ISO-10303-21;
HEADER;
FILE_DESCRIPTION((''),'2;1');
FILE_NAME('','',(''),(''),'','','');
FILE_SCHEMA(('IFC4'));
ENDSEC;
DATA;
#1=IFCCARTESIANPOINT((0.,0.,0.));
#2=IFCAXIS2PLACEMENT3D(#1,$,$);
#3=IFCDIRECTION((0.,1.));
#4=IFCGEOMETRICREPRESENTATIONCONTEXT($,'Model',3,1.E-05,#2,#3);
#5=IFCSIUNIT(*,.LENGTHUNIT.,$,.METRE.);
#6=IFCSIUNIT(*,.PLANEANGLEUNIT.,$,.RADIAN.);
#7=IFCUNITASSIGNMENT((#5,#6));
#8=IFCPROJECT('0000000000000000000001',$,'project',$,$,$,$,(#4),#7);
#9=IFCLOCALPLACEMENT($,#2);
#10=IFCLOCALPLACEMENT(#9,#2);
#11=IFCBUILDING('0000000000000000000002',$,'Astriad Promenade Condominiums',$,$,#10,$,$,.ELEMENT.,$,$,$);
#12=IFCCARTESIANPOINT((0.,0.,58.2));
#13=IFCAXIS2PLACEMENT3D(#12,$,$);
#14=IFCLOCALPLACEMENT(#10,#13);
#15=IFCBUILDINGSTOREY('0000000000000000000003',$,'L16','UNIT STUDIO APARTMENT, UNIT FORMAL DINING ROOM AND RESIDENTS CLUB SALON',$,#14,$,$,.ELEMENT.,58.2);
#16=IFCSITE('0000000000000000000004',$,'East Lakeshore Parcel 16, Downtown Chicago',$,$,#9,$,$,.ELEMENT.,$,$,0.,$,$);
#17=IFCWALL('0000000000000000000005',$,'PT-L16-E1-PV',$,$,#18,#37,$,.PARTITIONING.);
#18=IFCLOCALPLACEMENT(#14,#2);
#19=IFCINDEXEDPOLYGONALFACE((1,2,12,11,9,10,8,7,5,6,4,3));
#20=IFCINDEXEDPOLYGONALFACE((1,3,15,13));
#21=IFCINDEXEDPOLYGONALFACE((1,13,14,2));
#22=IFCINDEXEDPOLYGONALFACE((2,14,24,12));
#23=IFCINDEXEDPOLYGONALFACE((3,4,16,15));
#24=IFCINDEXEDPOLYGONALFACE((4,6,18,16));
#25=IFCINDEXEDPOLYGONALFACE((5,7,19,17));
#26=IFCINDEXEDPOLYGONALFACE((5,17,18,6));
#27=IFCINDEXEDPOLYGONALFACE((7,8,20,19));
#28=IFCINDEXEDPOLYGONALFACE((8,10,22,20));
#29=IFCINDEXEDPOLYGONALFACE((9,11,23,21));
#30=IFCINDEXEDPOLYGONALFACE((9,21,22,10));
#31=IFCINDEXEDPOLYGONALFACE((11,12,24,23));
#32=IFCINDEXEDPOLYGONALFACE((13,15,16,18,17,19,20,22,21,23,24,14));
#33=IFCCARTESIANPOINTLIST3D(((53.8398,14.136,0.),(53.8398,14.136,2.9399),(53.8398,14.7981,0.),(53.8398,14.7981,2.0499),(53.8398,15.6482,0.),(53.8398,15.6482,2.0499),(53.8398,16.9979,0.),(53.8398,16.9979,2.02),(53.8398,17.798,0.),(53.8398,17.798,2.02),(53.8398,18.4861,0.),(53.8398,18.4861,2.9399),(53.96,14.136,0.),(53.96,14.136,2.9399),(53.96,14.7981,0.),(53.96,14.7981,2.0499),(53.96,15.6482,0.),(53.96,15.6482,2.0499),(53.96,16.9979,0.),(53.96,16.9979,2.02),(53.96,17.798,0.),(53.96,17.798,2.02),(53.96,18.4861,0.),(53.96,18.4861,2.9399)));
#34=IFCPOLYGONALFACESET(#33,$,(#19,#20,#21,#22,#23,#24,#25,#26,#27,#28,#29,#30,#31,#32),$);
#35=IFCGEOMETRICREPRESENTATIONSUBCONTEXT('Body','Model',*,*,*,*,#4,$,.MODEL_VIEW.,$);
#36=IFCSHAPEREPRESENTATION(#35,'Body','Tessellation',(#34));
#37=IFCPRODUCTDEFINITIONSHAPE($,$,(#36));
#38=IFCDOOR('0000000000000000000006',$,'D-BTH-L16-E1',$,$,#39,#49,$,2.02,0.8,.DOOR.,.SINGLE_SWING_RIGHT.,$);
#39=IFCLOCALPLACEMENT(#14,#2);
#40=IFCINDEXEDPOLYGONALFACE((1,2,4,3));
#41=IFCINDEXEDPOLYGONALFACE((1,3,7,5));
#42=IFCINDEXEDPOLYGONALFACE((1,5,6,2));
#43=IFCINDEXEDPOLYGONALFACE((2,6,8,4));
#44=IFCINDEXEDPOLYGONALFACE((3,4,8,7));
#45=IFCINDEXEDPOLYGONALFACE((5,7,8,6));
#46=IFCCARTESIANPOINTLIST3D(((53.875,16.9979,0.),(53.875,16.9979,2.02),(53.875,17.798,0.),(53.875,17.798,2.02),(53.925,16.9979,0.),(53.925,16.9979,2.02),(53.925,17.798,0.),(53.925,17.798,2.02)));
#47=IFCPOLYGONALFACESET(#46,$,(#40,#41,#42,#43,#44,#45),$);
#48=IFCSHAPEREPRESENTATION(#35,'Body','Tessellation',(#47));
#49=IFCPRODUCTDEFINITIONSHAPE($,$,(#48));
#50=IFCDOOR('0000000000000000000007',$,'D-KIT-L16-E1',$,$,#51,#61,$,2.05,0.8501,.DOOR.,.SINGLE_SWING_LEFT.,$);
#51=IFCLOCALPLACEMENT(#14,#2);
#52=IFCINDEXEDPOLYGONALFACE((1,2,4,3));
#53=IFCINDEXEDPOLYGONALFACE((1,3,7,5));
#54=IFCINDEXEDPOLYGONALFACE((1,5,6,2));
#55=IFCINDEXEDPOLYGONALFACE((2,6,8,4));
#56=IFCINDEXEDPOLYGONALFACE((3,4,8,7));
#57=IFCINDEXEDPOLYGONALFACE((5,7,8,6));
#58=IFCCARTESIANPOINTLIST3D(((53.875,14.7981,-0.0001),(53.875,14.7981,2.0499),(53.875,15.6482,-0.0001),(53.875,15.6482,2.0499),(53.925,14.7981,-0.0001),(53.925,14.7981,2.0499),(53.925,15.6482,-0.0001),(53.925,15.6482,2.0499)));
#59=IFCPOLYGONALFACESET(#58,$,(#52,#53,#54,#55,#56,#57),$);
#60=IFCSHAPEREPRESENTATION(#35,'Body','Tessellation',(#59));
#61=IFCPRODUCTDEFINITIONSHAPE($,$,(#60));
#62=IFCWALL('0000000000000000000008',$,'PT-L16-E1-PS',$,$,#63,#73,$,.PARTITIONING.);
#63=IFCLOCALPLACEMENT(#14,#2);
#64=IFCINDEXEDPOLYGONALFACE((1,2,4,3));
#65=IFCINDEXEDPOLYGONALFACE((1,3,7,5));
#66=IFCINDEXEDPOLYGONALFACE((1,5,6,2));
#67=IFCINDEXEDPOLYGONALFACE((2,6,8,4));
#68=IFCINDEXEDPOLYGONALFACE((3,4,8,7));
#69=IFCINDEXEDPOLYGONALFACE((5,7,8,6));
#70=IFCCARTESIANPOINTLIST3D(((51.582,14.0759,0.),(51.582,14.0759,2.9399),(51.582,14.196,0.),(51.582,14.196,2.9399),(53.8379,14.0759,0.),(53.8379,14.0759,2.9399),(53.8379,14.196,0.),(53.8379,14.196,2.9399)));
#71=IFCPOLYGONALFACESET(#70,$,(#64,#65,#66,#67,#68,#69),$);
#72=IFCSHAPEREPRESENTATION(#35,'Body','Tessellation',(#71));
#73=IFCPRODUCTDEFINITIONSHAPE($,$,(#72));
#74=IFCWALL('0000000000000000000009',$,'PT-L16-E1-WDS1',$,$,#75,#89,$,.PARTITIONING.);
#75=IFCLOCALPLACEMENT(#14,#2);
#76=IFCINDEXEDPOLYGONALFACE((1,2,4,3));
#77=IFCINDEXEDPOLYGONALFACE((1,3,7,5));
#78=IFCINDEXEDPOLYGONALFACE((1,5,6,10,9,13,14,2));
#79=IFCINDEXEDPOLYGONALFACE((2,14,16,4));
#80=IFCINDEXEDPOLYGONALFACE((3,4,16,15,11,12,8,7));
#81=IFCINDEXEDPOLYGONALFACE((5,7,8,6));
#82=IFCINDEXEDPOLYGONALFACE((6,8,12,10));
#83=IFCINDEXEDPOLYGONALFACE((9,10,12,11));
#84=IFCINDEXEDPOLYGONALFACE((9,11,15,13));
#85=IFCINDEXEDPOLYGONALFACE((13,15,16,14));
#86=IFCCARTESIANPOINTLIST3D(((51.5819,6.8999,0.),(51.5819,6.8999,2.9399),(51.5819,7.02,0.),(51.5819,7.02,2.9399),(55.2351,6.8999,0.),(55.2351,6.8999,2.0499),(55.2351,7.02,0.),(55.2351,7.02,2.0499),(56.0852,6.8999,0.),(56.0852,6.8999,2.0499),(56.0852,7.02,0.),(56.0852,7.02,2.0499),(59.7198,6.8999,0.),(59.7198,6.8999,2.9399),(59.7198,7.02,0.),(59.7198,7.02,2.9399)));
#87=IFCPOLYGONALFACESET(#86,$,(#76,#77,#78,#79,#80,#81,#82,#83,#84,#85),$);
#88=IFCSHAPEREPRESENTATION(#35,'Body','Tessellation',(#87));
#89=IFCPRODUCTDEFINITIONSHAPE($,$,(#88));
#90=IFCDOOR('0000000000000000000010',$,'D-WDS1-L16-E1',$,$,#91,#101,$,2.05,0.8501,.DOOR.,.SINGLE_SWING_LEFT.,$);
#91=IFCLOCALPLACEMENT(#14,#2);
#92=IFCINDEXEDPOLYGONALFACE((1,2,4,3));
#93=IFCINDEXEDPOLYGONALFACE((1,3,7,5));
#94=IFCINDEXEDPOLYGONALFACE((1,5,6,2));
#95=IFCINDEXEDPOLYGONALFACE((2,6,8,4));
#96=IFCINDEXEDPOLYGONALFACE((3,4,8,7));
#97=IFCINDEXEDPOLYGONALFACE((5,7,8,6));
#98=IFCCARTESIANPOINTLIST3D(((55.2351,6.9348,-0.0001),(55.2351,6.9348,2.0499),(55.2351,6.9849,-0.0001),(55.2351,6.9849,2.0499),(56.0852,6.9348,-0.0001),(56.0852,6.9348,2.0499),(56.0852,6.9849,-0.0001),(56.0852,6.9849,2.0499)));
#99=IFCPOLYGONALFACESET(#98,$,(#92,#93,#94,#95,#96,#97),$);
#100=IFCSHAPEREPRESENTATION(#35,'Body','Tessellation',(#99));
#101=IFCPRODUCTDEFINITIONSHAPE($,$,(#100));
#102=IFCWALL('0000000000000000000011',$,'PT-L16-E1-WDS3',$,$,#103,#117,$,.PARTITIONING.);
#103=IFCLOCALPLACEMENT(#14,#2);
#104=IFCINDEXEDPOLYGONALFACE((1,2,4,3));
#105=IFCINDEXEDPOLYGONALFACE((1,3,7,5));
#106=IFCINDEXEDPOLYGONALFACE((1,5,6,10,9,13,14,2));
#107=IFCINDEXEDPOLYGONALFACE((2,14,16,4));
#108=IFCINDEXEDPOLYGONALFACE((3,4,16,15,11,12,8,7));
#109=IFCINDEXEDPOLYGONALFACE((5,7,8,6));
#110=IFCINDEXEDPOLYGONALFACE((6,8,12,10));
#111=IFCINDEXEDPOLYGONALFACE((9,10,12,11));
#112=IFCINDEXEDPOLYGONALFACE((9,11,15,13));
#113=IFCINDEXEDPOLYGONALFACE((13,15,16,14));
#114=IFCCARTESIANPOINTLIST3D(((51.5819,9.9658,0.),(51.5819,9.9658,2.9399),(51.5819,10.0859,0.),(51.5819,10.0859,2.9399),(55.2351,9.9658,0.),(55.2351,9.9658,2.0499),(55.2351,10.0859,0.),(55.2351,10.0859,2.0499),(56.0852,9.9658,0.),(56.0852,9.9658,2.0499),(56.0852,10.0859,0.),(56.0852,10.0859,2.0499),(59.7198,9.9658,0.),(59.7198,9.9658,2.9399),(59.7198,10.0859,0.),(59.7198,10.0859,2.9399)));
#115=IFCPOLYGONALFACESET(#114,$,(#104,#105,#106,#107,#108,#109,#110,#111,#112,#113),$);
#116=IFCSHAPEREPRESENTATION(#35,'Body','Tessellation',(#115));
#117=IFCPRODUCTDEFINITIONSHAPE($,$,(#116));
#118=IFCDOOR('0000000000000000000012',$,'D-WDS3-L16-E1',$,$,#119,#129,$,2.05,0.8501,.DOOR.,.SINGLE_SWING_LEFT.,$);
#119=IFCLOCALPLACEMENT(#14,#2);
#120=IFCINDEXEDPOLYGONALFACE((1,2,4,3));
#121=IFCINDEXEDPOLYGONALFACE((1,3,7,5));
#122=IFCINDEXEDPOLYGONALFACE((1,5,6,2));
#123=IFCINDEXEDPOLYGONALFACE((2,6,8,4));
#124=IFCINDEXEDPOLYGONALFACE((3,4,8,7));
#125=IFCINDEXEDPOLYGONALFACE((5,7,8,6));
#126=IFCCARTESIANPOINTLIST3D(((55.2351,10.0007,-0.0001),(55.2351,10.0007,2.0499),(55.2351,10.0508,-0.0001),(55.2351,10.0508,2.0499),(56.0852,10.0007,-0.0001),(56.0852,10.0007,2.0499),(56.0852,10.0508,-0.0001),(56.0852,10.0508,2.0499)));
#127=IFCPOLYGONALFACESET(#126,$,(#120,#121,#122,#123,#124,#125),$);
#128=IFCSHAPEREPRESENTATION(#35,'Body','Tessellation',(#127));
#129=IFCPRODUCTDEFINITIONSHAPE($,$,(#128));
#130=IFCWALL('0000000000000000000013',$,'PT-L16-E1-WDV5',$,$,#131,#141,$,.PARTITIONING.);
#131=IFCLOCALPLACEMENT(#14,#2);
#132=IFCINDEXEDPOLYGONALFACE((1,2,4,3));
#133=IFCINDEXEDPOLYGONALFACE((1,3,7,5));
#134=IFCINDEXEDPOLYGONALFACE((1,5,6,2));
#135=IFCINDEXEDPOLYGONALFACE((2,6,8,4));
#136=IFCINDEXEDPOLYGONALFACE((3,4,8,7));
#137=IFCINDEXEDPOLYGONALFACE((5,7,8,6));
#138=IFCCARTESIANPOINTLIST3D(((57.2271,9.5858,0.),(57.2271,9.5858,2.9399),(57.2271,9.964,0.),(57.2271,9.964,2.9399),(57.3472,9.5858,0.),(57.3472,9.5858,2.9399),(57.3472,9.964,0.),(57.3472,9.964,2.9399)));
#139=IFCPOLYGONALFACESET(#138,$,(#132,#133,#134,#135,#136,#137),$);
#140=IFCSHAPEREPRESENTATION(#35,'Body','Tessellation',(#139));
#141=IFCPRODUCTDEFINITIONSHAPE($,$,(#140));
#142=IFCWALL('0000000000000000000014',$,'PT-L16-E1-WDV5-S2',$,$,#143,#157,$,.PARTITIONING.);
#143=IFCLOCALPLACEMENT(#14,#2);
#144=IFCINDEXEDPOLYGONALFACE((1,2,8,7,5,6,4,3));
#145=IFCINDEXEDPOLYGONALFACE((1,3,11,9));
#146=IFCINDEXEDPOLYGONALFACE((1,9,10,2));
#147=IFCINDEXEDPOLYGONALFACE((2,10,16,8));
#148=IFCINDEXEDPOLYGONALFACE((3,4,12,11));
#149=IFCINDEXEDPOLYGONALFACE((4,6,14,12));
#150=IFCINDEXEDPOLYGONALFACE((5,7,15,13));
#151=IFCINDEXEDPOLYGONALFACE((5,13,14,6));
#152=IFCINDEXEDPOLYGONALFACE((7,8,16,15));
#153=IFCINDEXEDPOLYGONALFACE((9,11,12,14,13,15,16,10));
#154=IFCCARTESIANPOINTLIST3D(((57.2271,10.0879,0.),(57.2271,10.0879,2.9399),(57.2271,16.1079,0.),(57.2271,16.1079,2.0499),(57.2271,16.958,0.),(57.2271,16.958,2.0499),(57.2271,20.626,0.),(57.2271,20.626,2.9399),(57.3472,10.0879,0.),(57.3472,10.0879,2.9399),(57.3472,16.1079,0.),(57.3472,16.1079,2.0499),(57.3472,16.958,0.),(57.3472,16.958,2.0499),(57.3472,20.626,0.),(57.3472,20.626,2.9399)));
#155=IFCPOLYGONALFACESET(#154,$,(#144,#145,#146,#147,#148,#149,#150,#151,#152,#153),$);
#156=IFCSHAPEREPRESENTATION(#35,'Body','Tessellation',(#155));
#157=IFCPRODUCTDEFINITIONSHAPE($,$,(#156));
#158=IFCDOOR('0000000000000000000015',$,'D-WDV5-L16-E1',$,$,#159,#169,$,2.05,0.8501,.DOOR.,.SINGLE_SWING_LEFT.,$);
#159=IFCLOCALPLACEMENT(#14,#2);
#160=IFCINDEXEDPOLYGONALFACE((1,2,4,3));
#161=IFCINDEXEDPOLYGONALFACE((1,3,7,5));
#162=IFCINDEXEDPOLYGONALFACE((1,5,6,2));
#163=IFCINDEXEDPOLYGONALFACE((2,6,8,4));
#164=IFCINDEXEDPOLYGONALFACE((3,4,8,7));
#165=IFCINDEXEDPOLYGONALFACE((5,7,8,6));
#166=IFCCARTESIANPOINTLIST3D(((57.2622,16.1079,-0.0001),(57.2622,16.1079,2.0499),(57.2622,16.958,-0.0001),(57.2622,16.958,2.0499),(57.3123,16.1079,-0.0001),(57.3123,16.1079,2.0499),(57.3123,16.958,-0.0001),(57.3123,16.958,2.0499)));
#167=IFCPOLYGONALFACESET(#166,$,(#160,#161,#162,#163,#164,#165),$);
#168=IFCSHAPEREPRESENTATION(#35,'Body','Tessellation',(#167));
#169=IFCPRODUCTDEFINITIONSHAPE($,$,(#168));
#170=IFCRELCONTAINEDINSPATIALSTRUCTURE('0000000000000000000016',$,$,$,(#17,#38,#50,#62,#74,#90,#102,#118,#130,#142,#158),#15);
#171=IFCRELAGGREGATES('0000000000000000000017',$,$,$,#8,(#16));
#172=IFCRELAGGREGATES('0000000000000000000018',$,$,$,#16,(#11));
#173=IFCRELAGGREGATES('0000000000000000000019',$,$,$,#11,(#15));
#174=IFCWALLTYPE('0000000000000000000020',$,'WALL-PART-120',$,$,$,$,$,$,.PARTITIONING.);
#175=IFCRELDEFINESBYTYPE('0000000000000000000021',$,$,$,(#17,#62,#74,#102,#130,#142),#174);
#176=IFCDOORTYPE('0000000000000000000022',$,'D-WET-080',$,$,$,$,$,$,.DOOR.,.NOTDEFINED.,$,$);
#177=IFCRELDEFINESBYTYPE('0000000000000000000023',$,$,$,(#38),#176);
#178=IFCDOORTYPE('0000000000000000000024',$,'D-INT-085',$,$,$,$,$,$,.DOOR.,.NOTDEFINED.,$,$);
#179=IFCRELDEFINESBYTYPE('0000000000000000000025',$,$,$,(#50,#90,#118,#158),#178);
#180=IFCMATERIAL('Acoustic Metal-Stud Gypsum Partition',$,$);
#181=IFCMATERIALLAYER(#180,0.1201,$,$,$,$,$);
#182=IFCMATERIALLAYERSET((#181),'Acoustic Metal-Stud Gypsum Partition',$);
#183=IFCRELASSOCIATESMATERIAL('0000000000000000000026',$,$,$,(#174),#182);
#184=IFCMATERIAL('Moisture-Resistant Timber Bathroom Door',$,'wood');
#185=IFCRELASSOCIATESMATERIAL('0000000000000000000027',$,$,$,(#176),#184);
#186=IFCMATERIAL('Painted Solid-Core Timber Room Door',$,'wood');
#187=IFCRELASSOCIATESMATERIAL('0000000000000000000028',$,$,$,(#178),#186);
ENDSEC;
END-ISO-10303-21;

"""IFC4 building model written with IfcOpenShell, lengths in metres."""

from ifc_helpers import new_model, si_unit, direction, frame, frame_2d, origin, place, context, subcontext, project, spatial, rectangle, extrude, source, transform, mapped, material, layer, layer_set, type_object, type_shapes, element, fill, save


model = new_model("IFC4")

# Units and contexts
model_context = context("Model", 3, precision=1e-05, world=origin(), true_north=direction((0.0, 1.0)))
body_context = subcontext(model_context, "Body", "Model", "MODEL_VIEW")
ifc_project = project(units=[si_unit("LENGTHUNIT", "METRE"), si_unit("PLANEANGLEUNIT", "RADIAN")], contexts=[model_context])

# Site, building, storey
site_placement = place(None, origin())
site = spatial("IfcSite", under=ifc_project, at=site_placement, Name="East Lakeshore Parcel 16, Downtown Chicago", CompositionType="ELEMENT", RefElevation=0.0)
building_placement = place(site_placement, origin())
building = spatial("IfcBuilding", under=site, at=building_placement, Name="Astriad Promenade Condominiums", CompositionType="ELEMENT")
storey_placement = place(building_placement, frame((0.0, 0.0, 58.2)))
storey = spatial("IfcBuildingStorey", under=building, at=storey_placement, Name="L16", Description="UNIT STUDIO APARTMENT, UNIT FORMAL DINING ROOM AND RESIDENTS CLUB SALON", CompositionType="ELEMENT", Elevation=58.2)

# Shared definitions
ifc_material_1 = material(Name="Acoustic Metal-Stud Gypsum Partition")
ifc_layer_1 = layer(ifc_material_1, 0.1201)
ifc_layer_set_1 = layer_set([ifc_layer_1], Name="Acoustic Metal-Stud Gypsum Partition")
wall_type_1 = type_object("IfcWallType", Name="WALL-PART-120", PredefinedType="PARTITIONING", material=ifc_layer_set_1)
ifc_material_2 = material(Name="Moisture-Resistant Timber Bathroom Door", Category="wood")
door_type_1 = type_object("IfcDoorType", Name="D-WET-080", OperationType="NOTDEFINED", PredefinedType="DOOR", material=ifc_material_2)
shared_shape_1 = source(origin(), body_context, "Body", "SweptSolid", [
    extrude(rectangle(XDim=0.8, YDim=2.02, at=frame_2d((0.3999, 1.01))), frame((0.0, 0.0249, 0.0), z_axis=(0.0, -1.0, 0.0), x_axis=(1.0, 0.0, 0.0)), (0.0, 0.0, 1.0), 0.05),
])
type_shapes(door_type_1, [shared_shape_1])
ifc_material_3 = material(Name="Painted Solid-Core Timber Room Door", Category="wood")
door_type_2 = type_object("IfcDoorType", Name="D-INT-085", OperationType="NOTDEFINED", PredefinedType="DOOR", material=ifc_material_3)
shared_shape_2 = source(origin(), body_context, "Body", "SweptSolid", [
    extrude(rectangle(XDim=0.8501, YDim=2.05, at=frame_2d((0.425, 1.0249))), frame((0.0, 0.0249, 0.0), z_axis=(0.0, -1.0, 0.0), x_axis=(1.0, 0.0, 0.0)), (0.0, 0.0, 1.0), 0.05),
])
type_shapes(door_type_2, [shared_shape_2])

# Wall, openings, doors
wall_1_placement = place(storey_placement, frame((53.8999, 14.136, 0.0), z_axis=(0.0, 0.0, 1.0), x_axis=(0.0, 1.0, 0.0)))
wall_1 = element("IfcWall", 1, at=wall_1_placement, inside=storey, type_object=wall_type_1, Name="PT-L16-E1-PV", PredefinedType="PARTITIONING", context=body_context, shape_type="SweptSolid", body=[
    extrude(rectangle(XDim=4.3501, YDim=0.1201, at=frame_2d((2.175, 0.0))), origin(), (0.0, 0.0, 1.0), 2.9399),
])
opening_1_placement = place(wall_1_placement, frame((0.6621, 0.0, 0.0)))
opening_1 = element("IfcOpeningElement", 2, at=opening_1_placement, cuts=wall_1, PredefinedType="OPENING", context=body_context, shape_type="SweptSolid", body=[
    extrude(rectangle(XDim=0.8501, YDim=2.05, at=frame_2d((0.425, 1.0249))), frame((0.0, 0.0701, 0.0), z_axis=(0.0, -1.0, 0.0), x_axis=(1.0, 0.0, 0.0)), (0.0, 0.0, 1.0), 0.1401),
])
opening_2_placement = place(wall_1_placement, frame((2.8621, 0.0, 0.0)))
opening_2 = element("IfcOpeningElement", 3, at=opening_2_placement, cuts=wall_1, PredefinedType="OPENING", context=body_context, shape_type="SweptSolid", body=[
    extrude(rectangle(XDim=0.8, YDim=2.02, at=frame_2d((0.3999, 1.01))), frame((0.0, 0.0701, 0.0), z_axis=(0.0, -1.0, 0.0), x_axis=(1.0, 0.0, 0.0)), (0.0, 0.0, 1.0), 0.1401),
])
door_1_placement = place(opening_2_placement, origin())
door_1 = element("IfcDoor", 4, at=door_1_placement, inside=storey, type_object=door_type_1, Name="D-BTH-L16-E1", OperationType="SINGLE_SWING_RIGHT", OverallHeight=2.02, OverallWidth=0.8, PredefinedType="DOOR", context=body_context, shape_type="MappedRepresentation", body=[
    mapped(shared_shape_1, transform((0.0, 0.0, 0.0), scale=1.0)),
])
fill(opening_2, door_1)
door_2_placement = place(opening_1_placement, origin())
door_2 = element("IfcDoor", 5, at=door_2_placement, inside=storey, type_object=door_type_2, Name="D-KIT-L16-E1", OperationType="SINGLE_SWING_LEFT", OverallHeight=2.05, OverallWidth=0.8501, PredefinedType="DOOR", context=body_context, shape_type="MappedRepresentation", body=[
    mapped(shared_shape_2, transform((0.0, 0.0, 0.0), scale=1.0)),
])
fill(opening_1, door_2)

# Wall
wall_2_placement = place(storey_placement, frame((51.582, 14.136, 0.0), z_axis=(0.0, 0.0, 1.0), x_axis=(1.0, 0.0, 0.0)))
element("IfcWall", 6, at=wall_2_placement, inside=storey, type_object=wall_type_1, Name="PT-L16-E1-PS", PredefinedType="PARTITIONING", context=body_context, shape_type="SweptSolid", body=[
    extrude(rectangle(XDim=2.2559, YDim=0.1201, at=frame_2d((1.1279, 0.0))), origin(), (0.0, 0.0, 1.0), 2.9399),
])

# Walls, openings, doors
wall_3_placement = place(storey_placement, frame((51.582, 6.96, 0.0), z_axis=(0.0, 0.0, 1.0), x_axis=(1.0, 0.0, 0.0)))
wall_3 = element("IfcWall", 7, at=wall_3_placement, inside=storey, type_object=wall_type_1, Name="PT-L16-E1-WDS1", PredefinedType="PARTITIONING", context=body_context, shape_type="SweptSolid", body=[
    extrude(rectangle(XDim=8.1379, YDim=0.1201, at=frame_2d((4.0688, 0.0))), origin(), (0.0, 0.0, 1.0), 2.9399),
])
opening_3_placement = place(wall_3_placement, frame((3.6531, 0.0, 0.0)))
opening_3 = element("IfcOpeningElement", 8, at=opening_3_placement, cuts=wall_3, PredefinedType="OPENING", context=body_context, shape_type="SweptSolid", body=[
    extrude(rectangle(XDim=0.8501, YDim=2.05, at=frame_2d((0.425, 1.0249))), frame((0.0, 0.0701, 0.0), z_axis=(0.0, -1.0, 0.0), x_axis=(1.0, 0.0, 0.0)), (0.0, 0.0, 1.0), 0.1401),
])
door_3_placement = place(opening_3_placement, origin())
door_3 = element("IfcDoor", 9, at=door_3_placement, inside=storey, type_object=door_type_2, Name="D-WDS1-L16-E1", OperationType="SINGLE_SWING_LEFT", OverallHeight=2.05, OverallWidth=0.8501, PredefinedType="DOOR", context=body_context, shape_type="MappedRepresentation", body=[
    mapped(shared_shape_2, transform((0.0, 0.0, 0.0), scale=1.0)),
])
fill(opening_3, door_3)
wall_4_placement = place(storey_placement, frame((51.582, 10.0259, 0.0), z_axis=(0.0, 0.0, 1.0), x_axis=(1.0, 0.0, 0.0)))
wall_4 = element("IfcWall", 10, at=wall_4_placement, inside=storey, type_object=wall_type_1, Name="PT-L16-E1-WDS3", PredefinedType="PARTITIONING", context=body_context, shape_type="SweptSolid", body=[
    extrude(rectangle(XDim=8.1379, YDim=0.1201, at=frame_2d((4.0688, 0.0))), origin(), (0.0, 0.0, 1.0), 2.9399),
])
opening_4_placement = place(wall_4_placement, frame((3.6531, 0.0, 0.0)))
opening_4 = element("IfcOpeningElement", 11, at=opening_4_placement, cuts=wall_4, PredefinedType="OPENING", context=body_context, shape_type="SweptSolid", body=[
    extrude(rectangle(XDim=0.8501, YDim=2.05, at=frame_2d((0.425, 1.0249))), frame((0.0, 0.0701, 0.0), z_axis=(0.0, -1.0, 0.0), x_axis=(1.0, 0.0, 0.0)), (0.0, 0.0, 1.0), 0.1401),
])
door_4_placement = place(opening_4_placement, origin())
door_4 = element("IfcDoor", 12, at=door_4_placement, inside=storey, type_object=door_type_2, Name="D-WDS3-L16-E1", OperationType="SINGLE_SWING_LEFT", OverallHeight=2.05, OverallWidth=0.8501, PredefinedType="DOOR", context=body_context, shape_type="MappedRepresentation", body=[
    mapped(shared_shape_2, transform((0.0, 0.0, 0.0), scale=1.0)),
])
fill(opening_4, door_4)

# Wall
wall_5_placement = place(storey_placement, frame((57.2871, 9.5859, 0.0), z_axis=(0.0, 0.0, 1.0), x_axis=(0.0, 1.0, 0.0)))
element("IfcWall", 13, at=wall_5_placement, inside=storey, type_object=wall_type_1, Name="PT-L16-E1-WDV5", PredefinedType="PARTITIONING", context=body_context, shape_type="SweptSolid", body=[
    extrude(rectangle(XDim=0.3782, YDim=0.1201, at=frame_2d((0.189, 0.0))), origin(), (0.0, 0.0, 1.0), 2.9399),
])

# Wall, opening, door
wall_6_placement = place(storey_placement, frame((57.2871, 10.0879, 0.0), z_axis=(0.0, 0.0, 1.0), x_axis=(0.0, 1.0, 0.0)))
wall_6 = element("IfcWall", 14, at=wall_6_placement, inside=storey, type_object=wall_type_1, Name="PT-L16-E1-WDV5-S2", PredefinedType="PARTITIONING", context=body_context, shape_type="SweptSolid", body=[
    extrude(rectangle(XDim=10.5381, YDim=0.1201, at=frame_2d((5.269, 0.0))), origin(), (0.0, 0.0, 1.0), 2.9399),
])
opening_5_placement = place(wall_6_placement, frame((6.02, 0.0, 0.0)))
opening_5 = element("IfcOpeningElement", 15, at=opening_5_placement, cuts=wall_6, PredefinedType="OPENING", context=body_context, shape_type="SweptSolid", body=[
    extrude(rectangle(XDim=0.8501, YDim=2.05, at=frame_2d((0.425, 1.0249))), frame((0.0, 0.0701, 0.0), z_axis=(0.0, -1.0, 0.0), x_axis=(1.0, 0.0, 0.0)), (0.0, 0.0, 1.0), 0.1401),
])
door_5_placement = place(opening_5_placement, origin())
door_5 = element("IfcDoor", 16, at=door_5_placement, inside=storey, type_object=door_type_2, Name="D-WDV5-L16-E1", OperationType="SINGLE_SWING_LEFT", OverallHeight=2.05, OverallWidth=0.8501, PredefinedType="DOOR", context=body_context, shape_type="MappedRepresentation", body=[
    mapped(shared_shape_2, transform((0.0, 0.0, 0.0), scale=1.0)),
])
fill(opening_5, door_5)

save(model, "model.ifc")
